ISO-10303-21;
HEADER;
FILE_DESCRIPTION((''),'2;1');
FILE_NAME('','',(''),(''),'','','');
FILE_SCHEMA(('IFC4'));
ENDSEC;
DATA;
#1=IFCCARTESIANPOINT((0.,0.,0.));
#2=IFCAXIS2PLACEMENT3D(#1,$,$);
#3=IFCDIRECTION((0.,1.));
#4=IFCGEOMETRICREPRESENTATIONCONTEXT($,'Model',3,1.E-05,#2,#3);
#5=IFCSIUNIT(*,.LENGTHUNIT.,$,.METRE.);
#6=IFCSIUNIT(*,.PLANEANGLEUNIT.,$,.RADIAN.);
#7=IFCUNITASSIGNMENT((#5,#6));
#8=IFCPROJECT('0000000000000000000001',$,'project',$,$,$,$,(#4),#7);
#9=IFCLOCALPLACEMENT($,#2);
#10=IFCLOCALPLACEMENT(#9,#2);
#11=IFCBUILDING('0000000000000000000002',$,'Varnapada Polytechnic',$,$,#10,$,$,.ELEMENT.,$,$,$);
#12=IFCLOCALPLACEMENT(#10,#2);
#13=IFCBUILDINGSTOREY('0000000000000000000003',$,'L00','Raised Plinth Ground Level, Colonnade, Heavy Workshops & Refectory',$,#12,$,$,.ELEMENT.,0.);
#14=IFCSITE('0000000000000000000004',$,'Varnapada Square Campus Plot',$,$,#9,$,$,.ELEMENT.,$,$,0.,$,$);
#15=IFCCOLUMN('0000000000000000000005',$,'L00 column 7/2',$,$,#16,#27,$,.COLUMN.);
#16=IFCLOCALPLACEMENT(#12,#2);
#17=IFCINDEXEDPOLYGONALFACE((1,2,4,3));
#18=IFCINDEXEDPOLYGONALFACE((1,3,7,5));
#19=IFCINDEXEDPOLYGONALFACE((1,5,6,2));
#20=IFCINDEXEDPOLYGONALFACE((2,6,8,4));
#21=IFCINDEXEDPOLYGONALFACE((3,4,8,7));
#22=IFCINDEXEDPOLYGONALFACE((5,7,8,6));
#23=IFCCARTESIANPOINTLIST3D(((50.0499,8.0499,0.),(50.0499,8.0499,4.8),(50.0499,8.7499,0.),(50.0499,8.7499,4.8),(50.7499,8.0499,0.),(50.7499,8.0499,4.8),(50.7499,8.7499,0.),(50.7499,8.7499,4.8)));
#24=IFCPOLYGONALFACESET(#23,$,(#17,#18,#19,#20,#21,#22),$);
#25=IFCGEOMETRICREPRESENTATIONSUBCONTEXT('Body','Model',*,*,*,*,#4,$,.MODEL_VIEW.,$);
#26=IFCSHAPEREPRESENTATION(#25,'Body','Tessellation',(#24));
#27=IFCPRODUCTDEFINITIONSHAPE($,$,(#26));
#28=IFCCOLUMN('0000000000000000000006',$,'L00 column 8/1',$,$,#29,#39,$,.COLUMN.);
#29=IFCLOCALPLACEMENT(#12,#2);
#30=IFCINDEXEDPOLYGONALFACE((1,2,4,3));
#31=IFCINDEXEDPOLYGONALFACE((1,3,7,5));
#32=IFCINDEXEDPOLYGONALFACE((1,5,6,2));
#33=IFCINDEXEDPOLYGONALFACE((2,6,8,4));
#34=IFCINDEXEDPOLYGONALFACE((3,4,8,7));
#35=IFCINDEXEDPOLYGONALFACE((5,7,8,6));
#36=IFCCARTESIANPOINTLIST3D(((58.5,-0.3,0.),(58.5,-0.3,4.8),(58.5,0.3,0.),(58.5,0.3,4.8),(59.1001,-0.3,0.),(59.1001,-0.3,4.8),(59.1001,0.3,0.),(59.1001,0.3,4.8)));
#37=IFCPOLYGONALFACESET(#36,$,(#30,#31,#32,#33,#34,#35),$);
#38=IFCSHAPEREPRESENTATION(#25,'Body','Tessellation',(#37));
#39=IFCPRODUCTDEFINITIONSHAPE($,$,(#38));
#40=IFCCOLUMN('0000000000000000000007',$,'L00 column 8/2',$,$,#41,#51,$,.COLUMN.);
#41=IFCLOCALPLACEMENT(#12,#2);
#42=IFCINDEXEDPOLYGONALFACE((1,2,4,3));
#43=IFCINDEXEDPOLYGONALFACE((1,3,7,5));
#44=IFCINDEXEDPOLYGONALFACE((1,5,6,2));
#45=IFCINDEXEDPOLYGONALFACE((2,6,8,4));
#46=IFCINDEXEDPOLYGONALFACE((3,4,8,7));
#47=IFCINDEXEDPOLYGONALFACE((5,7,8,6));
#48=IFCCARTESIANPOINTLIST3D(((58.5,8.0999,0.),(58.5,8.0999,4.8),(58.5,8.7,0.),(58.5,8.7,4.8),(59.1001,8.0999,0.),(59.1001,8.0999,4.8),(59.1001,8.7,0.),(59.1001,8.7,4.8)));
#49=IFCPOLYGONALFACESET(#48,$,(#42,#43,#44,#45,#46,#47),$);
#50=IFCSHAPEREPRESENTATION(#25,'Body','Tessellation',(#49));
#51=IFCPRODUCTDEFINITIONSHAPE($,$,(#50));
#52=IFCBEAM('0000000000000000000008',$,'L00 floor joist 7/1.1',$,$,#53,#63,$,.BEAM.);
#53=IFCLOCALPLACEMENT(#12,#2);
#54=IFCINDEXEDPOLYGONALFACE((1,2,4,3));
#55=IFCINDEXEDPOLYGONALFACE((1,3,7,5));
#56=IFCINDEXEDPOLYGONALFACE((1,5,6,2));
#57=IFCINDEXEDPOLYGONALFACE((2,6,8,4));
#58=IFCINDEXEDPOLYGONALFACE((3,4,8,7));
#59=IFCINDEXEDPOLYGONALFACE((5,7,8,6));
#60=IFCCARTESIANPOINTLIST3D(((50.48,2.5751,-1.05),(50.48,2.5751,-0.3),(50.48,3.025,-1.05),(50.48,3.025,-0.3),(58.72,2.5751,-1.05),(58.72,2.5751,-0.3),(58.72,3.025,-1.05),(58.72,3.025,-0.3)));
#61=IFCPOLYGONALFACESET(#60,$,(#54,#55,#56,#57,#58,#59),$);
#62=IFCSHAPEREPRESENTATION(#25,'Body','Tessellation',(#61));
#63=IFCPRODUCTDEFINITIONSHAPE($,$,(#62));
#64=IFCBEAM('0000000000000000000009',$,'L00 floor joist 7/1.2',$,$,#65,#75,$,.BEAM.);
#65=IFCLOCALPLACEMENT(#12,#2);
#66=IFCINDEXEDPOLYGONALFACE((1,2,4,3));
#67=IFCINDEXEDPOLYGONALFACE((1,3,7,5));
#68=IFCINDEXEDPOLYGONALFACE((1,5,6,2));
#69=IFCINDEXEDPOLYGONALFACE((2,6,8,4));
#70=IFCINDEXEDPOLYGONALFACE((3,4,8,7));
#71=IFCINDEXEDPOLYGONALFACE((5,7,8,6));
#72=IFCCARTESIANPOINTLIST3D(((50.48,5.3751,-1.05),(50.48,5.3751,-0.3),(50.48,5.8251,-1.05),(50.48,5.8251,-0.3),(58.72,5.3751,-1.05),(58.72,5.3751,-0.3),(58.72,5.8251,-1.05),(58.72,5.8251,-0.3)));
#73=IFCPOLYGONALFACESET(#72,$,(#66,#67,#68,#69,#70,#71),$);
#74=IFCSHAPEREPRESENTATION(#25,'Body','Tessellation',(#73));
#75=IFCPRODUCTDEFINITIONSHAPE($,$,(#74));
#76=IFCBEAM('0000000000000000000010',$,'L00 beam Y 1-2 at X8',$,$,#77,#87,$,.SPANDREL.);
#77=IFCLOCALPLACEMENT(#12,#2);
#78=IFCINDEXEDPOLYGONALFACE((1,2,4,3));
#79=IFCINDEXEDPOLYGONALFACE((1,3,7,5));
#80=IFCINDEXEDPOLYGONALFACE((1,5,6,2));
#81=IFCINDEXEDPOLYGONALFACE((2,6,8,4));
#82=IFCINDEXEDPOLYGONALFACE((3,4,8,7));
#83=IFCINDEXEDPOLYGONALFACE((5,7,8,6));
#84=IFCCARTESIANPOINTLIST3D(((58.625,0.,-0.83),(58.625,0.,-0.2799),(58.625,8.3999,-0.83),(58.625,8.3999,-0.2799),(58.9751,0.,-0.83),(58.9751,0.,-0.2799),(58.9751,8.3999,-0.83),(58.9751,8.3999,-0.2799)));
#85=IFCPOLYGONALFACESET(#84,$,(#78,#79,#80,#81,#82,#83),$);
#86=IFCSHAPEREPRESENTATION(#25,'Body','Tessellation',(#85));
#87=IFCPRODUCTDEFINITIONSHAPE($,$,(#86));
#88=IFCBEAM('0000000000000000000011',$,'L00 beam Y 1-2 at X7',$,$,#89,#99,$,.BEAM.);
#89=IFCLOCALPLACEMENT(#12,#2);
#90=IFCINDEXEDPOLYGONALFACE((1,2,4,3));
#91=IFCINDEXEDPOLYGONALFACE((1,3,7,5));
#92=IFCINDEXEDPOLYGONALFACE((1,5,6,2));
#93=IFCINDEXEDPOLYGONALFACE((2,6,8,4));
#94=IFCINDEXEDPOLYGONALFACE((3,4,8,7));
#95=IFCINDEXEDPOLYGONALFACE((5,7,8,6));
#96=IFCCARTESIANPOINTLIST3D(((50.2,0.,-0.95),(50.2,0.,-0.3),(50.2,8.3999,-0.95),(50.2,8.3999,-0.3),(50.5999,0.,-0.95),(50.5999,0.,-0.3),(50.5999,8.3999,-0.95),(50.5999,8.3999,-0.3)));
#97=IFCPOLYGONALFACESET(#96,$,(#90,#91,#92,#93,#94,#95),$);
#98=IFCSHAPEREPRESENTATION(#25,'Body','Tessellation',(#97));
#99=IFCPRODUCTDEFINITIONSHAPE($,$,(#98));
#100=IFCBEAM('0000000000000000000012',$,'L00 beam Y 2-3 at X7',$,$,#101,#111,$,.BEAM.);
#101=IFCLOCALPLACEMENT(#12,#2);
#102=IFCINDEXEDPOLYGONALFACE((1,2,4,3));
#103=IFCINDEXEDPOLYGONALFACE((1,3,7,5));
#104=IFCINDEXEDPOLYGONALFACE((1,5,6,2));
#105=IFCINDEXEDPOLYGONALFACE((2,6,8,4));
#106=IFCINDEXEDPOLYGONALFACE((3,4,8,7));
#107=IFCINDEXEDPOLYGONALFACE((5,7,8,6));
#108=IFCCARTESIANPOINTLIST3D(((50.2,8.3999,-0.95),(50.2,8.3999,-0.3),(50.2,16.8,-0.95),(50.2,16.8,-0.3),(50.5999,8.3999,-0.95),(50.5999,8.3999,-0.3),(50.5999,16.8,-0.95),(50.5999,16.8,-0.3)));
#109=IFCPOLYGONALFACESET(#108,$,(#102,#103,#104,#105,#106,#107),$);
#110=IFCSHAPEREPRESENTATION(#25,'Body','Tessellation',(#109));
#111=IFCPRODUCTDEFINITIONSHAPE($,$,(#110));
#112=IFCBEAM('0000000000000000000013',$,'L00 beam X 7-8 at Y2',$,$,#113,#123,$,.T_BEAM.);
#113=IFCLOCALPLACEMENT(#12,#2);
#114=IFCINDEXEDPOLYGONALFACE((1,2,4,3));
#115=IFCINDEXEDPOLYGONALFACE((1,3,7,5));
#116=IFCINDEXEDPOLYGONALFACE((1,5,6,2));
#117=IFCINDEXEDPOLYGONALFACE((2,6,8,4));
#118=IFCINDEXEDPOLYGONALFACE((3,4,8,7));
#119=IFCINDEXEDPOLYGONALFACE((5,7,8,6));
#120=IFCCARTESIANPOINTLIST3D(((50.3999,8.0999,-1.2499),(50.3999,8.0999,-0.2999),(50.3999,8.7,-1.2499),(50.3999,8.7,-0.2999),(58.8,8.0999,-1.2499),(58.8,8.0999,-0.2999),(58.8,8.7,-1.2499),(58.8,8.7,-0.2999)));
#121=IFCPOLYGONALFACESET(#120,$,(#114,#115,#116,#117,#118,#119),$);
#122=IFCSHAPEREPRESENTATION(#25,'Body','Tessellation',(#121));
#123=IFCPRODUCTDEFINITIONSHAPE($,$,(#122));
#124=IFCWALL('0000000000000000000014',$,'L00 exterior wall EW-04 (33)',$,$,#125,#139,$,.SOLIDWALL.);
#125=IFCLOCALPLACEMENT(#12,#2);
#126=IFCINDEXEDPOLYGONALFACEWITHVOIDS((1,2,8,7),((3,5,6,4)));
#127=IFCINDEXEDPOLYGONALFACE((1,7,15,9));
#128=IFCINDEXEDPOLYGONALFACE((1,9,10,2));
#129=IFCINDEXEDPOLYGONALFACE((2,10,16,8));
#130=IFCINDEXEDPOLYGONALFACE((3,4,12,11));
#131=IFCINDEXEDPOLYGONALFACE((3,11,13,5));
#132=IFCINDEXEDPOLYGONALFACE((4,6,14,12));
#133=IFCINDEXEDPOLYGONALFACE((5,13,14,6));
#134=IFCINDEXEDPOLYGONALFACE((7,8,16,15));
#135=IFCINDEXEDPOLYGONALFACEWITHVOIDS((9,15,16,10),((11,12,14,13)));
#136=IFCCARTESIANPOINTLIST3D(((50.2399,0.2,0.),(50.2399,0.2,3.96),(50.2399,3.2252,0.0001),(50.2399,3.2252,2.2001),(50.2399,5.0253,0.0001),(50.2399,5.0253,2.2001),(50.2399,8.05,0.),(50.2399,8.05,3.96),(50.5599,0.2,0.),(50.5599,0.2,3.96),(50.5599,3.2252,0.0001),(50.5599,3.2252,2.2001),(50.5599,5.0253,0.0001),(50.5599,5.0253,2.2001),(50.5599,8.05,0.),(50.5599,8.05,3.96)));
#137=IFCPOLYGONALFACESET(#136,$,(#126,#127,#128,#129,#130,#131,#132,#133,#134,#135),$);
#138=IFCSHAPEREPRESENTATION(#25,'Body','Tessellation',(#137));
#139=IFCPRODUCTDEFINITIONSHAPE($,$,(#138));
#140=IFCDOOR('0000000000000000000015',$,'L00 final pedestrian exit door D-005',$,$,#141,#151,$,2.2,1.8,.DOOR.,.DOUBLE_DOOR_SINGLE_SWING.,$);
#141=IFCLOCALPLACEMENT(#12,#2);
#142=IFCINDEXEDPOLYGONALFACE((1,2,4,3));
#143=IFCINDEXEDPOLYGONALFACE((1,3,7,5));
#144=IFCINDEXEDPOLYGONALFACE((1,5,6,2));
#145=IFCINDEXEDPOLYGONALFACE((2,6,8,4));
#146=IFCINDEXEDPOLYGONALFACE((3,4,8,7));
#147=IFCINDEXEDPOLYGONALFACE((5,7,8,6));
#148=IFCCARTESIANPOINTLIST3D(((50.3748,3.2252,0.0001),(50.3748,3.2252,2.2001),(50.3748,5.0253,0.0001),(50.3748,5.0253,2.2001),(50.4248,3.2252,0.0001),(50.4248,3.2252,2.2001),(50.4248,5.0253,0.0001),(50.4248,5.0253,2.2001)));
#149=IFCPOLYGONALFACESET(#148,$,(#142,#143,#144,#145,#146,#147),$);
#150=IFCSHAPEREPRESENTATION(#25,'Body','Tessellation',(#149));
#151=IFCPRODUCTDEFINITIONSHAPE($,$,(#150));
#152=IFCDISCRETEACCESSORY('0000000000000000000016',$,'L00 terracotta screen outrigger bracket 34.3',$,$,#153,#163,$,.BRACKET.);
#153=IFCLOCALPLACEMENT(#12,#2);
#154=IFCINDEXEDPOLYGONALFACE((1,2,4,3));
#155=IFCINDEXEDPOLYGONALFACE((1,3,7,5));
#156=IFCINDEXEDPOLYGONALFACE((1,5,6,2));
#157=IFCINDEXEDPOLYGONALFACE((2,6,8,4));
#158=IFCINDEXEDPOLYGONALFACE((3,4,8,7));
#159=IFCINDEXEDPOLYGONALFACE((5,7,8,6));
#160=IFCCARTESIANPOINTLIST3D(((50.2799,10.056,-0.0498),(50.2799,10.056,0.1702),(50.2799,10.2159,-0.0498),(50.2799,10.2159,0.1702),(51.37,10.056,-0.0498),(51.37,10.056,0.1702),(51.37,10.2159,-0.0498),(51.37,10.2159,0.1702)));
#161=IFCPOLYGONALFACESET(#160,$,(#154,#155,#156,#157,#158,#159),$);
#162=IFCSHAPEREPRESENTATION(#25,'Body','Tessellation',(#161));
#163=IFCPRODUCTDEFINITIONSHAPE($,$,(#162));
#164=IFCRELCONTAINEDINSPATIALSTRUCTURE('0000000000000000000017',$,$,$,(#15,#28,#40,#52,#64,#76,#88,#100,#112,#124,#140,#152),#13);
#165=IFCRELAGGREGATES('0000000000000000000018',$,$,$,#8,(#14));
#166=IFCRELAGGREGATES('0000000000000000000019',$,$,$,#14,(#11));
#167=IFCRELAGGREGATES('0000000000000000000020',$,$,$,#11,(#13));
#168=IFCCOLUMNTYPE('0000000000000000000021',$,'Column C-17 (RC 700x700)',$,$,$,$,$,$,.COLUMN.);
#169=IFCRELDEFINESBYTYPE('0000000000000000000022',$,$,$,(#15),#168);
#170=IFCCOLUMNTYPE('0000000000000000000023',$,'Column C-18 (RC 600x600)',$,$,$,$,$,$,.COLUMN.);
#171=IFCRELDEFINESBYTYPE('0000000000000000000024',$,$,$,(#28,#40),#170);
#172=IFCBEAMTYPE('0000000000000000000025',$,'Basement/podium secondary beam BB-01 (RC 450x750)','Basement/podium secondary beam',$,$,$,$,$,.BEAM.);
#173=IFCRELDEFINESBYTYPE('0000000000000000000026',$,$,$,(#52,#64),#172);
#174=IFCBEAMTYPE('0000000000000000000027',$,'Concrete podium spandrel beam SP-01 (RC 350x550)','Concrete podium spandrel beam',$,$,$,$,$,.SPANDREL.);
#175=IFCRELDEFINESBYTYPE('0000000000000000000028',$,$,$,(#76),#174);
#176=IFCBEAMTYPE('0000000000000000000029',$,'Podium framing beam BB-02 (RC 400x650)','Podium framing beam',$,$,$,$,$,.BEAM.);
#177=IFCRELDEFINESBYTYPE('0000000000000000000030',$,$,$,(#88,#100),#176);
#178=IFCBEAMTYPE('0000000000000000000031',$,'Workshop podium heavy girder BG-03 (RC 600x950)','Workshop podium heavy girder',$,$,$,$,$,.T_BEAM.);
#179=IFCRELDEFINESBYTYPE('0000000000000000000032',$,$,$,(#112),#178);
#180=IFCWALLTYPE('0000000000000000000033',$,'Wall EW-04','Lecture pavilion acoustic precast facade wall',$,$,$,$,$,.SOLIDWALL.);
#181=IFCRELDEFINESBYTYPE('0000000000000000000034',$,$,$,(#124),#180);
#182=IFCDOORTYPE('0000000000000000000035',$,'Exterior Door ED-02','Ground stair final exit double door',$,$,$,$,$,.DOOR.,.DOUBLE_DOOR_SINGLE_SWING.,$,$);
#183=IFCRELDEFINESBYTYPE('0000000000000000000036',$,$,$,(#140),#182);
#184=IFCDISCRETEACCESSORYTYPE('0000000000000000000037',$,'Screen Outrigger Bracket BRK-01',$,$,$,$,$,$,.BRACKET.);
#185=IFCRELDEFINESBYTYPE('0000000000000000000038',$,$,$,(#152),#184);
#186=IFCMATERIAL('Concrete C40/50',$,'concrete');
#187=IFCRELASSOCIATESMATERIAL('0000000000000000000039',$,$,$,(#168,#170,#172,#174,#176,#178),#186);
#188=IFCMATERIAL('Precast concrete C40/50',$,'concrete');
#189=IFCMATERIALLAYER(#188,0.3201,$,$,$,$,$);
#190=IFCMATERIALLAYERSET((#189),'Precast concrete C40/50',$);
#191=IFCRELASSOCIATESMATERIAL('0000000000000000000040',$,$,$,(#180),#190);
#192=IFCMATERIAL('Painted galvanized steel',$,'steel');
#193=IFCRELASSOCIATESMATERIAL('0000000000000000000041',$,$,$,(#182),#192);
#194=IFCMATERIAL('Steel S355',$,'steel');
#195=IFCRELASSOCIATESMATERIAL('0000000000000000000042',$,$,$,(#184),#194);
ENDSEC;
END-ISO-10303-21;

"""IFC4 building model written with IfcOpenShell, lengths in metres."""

from ifc_helpers import new_model, si_unit, direction, frame, frame_2d, origin, origin_2d, place, context, subcontext, project, spatial, rectangle, extrude, material, layer, layer_set, material_profile, profile_set, type_object, element, fill, save


model = new_model("IFC4")

# Units and contexts
model_context = context("Model", 3, precision=1e-05, world=origin(), true_north=direction((0.0, 1.0)))
body_context = subcontext(model_context, "Body", "Model", "MODEL_VIEW")
ifc_project = project(units=[si_unit("LENGTHUNIT", "METRE"), si_unit("PLANEANGLEUNIT", "RADIAN")], contexts=[model_context])

# Site, building, storey
site_placement = place(None, origin())
site = spatial("IfcSite", under=ifc_project, at=site_placement, Name="Varnapada Square Campus Plot", CompositionType="ELEMENT", RefElevation=0.0)
building_placement = place(site_placement, origin())
building = spatial("IfcBuilding", under=site, at=building_placement, Name="Varnapada Polytechnic", CompositionType="ELEMENT")
storey_placement = place(building_placement, origin())
storey = spatial("IfcBuildingStorey", under=building, at=storey_placement, Name="L00", Description="Raised Plinth Ground Level, Colonnade, Heavy Workshops & Refectory", CompositionType="ELEMENT", Elevation=0.0)

# Columns
ifc_material_1 = material(Name="Concrete C40/50", Category="concrete")
ifc_material_profile_1 = material_profile(ifc_material_1, rectangle(XDim=0.7, YDim=0.7, at=origin_2d()), Name="RC 700x700")
ifc_profile_set_1 = profile_set([ifc_material_profile_1], Name="Concrete C40/50")
column_type_1 = type_object("IfcColumnType", Name="Column C-17 (RC 700x700)", PredefinedType="COLUMN", material=ifc_profile_set_1)
column_placement = place(storey_placement, frame((50.3999, 8.3999, 0.0), z_axis=(0.0, 0.0, 1.0), x_axis=(1.0, 0.0, 0.0)))
element("IfcColumn", 1, at=column_placement, inside=storey, type_object=column_type_1, Name="L00 column 7/2", PredefinedType="COLUMN", context=body_context, shape_type="SweptSolid", body=[
    extrude(rectangle(XDim=0.7, YDim=0.7, at=origin_2d()), origin(), (0.0, 0.0, 1.0), 4.8),
])
ifc_material_profile_2 = material_profile(ifc_material_1, rectangle(XDim=0.6001, YDim=0.6001, at=origin_2d()), Name="RC 600x600")
ifc_profile_set_2 = profile_set([ifc_material_profile_2], Name="Concrete C40/50")
column_type_2 = type_object("IfcColumnType", Name="Column C-18 (RC 600x600)", PredefinedType="COLUMN", material=ifc_profile_set_2)
for number, where, z_axis, x_axis, name in (
    (2, (58.8, 0.0, 0.0), (0.0, 0.0, 1.0), (1.0, 0.0, 0.0), "L00 column 8/1"),
    (3, (58.8, 8.3999, 0.0), (0.0, 0.0, 1.0), (1.0, 0.0, 0.0), "L00 column 8/2"),
):
    element("IfcColumn", number, at=place(storey_placement, frame(where, z_axis=z_axis, x_axis=x_axis)), inside=storey, type_object=column_type_2, Name=name, PredefinedType="COLUMN", context=body_context, shape_type="SweptSolid", body=[
        extrude(rectangle(XDim=0.6001, YDim=0.6001, at=origin_2d()), origin(), (0.0, 0.0, 1.0), 4.8),
    ])

# Beams
ifc_material_profile_3 = material_profile(ifc_material_1, rectangle(XDim=0.45, YDim=0.75, at=origin_2d()), Name="RC 450x750")
ifc_profile_set_3 = profile_set([ifc_material_profile_3], Name="Concrete C40/50")
beam_type_1 = type_object("IfcBeamType", Name="Basement/podium secondary beam BB-01 (RC 450x750)", Description="Basement/podium secondary beam", PredefinedType="BEAM", material=ifc_profile_set_3)
for number, where, z_axis, x_axis, name in (
    (4, (50.48, 2.8, -0.675), (1.0, 0.0, 0.0), (0.0, 1.0, 0.0), "L00 floor joist 7/1.1"),
    (5, (50.48, 5.6001, -0.675), (1.0, 0.0, 0.0), (0.0, 1.0, 0.0), "L00 floor joist 7/1.2"),
):
    element("IfcBeam", number, at=place(storey_placement, frame(where, z_axis=z_axis, x_axis=x_axis)), inside=storey, type_object=beam_type_1, Name=name, PredefinedType="BEAM", context=body_context, shape_type="SweptSolid", body=[
        extrude(rectangle(XDim=0.45, YDim=0.75, at=origin_2d()), origin(), (0.0, 0.0, 1.0), 8.24),
    ])
ifc_material_profile_4 = material_profile(ifc_material_1, rectangle(XDim=0.3501, YDim=0.55, at=origin_2d()), Name="RC 350x550")
ifc_profile_set_4 = profile_set([ifc_material_profile_4], Name="Concrete C40/50")
beam_type_2 = type_object("IfcBeamType", Name="Concrete podium spandrel beam SP-01 (RC 350x550)", Description="Concrete podium spandrel beam", PredefinedType="SPANDREL", material=ifc_profile_set_4)
beam_1_placement = place(storey_placement, frame((58.8, 0.0, -0.5549), z_axis=(0.0, 1.0, 0.0), x_axis=(-1.0, 0.0, 0.0)))
element("IfcBeam", 6, at=beam_1_placement, inside=storey, type_object=beam_type_2, Name="L00 beam Y 1-2 at X8", PredefinedType="SPANDREL", context=body_context, shape_type="SweptSolid", body=[
    extrude(rectangle(XDim=0.3501, YDim=0.55, at=origin_2d()), origin(), (0.0, 0.0, 1.0), 8.3999),
])
ifc_material_profile_5 = material_profile(ifc_material_1, rectangle(XDim=0.3999, YDim=0.6499, at=origin_2d()), Name="RC 400x650")
ifc_profile_set_5 = profile_set([ifc_material_profile_5], Name="Concrete C40/50")
beam_type_3 = type_object("IfcBeamType", Name="Podium framing beam BB-02 (RC 400x650)", Description="Podium framing beam", PredefinedType="BEAM", material=ifc_profile_set_5)
beam_2_placement = place(storey_placement, frame((50.3999, 0.0, -0.625), z_axis=(0.0, 1.0, 0.0), x_axis=(-1.0, 0.0, 0.0)))
element("IfcBeam", 7, at=beam_2_placement, inside=storey, type_object=beam_type_3, Name="L00 beam Y 1-2 at X7", PredefinedType="BEAM", context=body_context, shape_type="SweptSolid", body=[
    extrude(rectangle(XDim=0.3999, YDim=0.6499, at=origin_2d()), origin(), (0.0, 0.0, 1.0), 8.3999),
])
beam_3_placement = place(storey_placement, frame((50.3999, 8.3999, -0.625), z_axis=(0.0, 1.0, 0.0), x_axis=(-1.0, 0.0, 0.0)))
element("IfcBeam", 8, at=beam_3_placement, inside=storey, type_object=beam_type_3, Name="L00 beam Y 2-3 at X7", PredefinedType="BEAM", context=body_context, shape_type="SweptSolid", body=[
    extrude(rectangle(XDim=0.3999, YDim=0.6499, at=origin_2d()), origin(), (0.0, 0.0, 1.0), 8.4001),
])
ifc_material_profile_6 = material_profile(ifc_material_1, rectangle(XDim=0.6001, YDim=0.95, at=origin_2d()), Name="RC 600x950")
ifc_profile_set_6 = profile_set([ifc_material_profile_6], Name="Concrete C40/50")
beam_type_4 = type_object("IfcBeamType", Name="Workshop podium heavy girder BG-03 (RC 600x950)", Description="Workshop podium heavy girder", PredefinedType="T_BEAM", material=ifc_profile_set_6)
beam_4_placement = place(storey_placement, frame((50.3999, 8.3999, -0.7749), z_axis=(1.0, 0.0, 0.0), x_axis=(0.0, 1.0, 0.0)))
element("IfcBeam", 9, at=beam_4_placement, inside=storey, type_object=beam_type_4, Name="L00 beam X 7-8 at Y2", PredefinedType="T_BEAM", context=body_context, shape_type="SweptSolid", body=[
    extrude(rectangle(XDim=0.6001, YDim=0.95, at=origin_2d()), origin(), (0.0, 0.0, 1.0), 8.4001),
])

# Wall, opening, door
ifc_material_2 = material(Name="Precast concrete C40/50", Category="concrete")
ifc_layer = layer(ifc_material_2, 0.3201)
ifc_layer_set = layer_set([ifc_layer], Name="Precast concrete C40/50")
wall_type = type_object("IfcWallType", Name="Wall EW-04", Description="Lecture pavilion acoustic precast facade wall", PredefinedType="SOLIDWALL", material=ifc_layer_set)
wall_placement = place(storey_placement, frame((50.3999, 8.05, 0.0), z_axis=(0.0, 0.0, 1.0), x_axis=(0.0, -1.0, 0.0)))
wall = element("IfcWall", 10, at=wall_placement, inside=storey, type_object=wall_type, Name="L00 exterior wall EW-04 (33)", PredefinedType="SOLIDWALL", context=body_context, shape_type="SweptSolid", body=[
    extrude(rectangle(XDim=7.8501, YDim=0.3201, at=frame_2d((3.925, 0.0))), origin(), (0.0, 0.0, 1.0), 3.96),
])
opening_placement = place(wall_placement, frame((3.0249, 0.0, 0.0)))
opening = element("IfcOpeningElement", 11, at=opening_placement, cuts=wall, PredefinedType="OPENING", context=body_context, shape_type="SweptSolid", body=[
    extrude(rectangle(XDim=1.8, YDim=2.2, at=frame_2d((0.8999, 1.1001))), frame((0.0, 0.1699, 0.0), z_axis=(0.0, -1.0, 0.0), x_axis=(1.0, 0.0, 0.0)), (0.0, 0.0, 1.0), 0.3401),
])
ifc_material_3 = material(Name="Painted galvanized steel", Category="steel")
door_type = type_object("IfcDoorType", Name="Exterior Door ED-02", Description="Ground stair final exit double door", OperationType="DOUBLE_DOOR_SINGLE_SWING", PredefinedType="DOOR", material=ifc_material_3)
door_placement = place(opening_placement, origin())
door = element("IfcDoor", 12, at=door_placement, inside=storey, type_object=door_type, Name="L00 final pedestrian exit door D-005", OperationType="DOUBLE_DOOR_SINGLE_SWING", OverallHeight=2.2, OverallWidth=1.8, PredefinedType="DOOR", context=body_context, shape_type="SweptSolid", body=[
    extrude(rectangle(XDim=1.8, YDim=2.2, at=frame_2d((0.8999, 1.1001))), frame((0.0, 0.0249, 0.0), z_axis=(0.0, -1.0, 0.0), x_axis=(1.0, 0.0, 0.0)), (0.0, 0.0, 1.0), 0.05),
])
fill(opening, door)

# Discrete accessory
ifc_material_4 = material(Name="Steel S355", Category="steel")
discrete_accessory_type = type_object("IfcDiscreteAccessoryType", Name="Screen Outrigger Bracket BRK-01", PredefinedType="BRACKET", material=ifc_material_4)
discrete_accessory_placement = place(storey_placement, frame((50.825, 10.136, -0.0498), z_axis=(0.0, 0.0, 1.0), x_axis=(0.0, -1.0, 0.0)))
element("IfcDiscreteAccessory", 13, at=discrete_accessory_placement, inside=storey, type_object=discrete_accessory_type, Name="L00 terracotta screen outrigger bracket 34.3", PredefinedType="BRACKET", context=body_context, shape_type="SweptSolid", body=[
    extrude(rectangle(XDim=0.1599, YDim=1.0901, at=origin_2d()), origin(), (0.0, 0.0, 1.0), 0.22),
])

save(model, "model.ifc")
